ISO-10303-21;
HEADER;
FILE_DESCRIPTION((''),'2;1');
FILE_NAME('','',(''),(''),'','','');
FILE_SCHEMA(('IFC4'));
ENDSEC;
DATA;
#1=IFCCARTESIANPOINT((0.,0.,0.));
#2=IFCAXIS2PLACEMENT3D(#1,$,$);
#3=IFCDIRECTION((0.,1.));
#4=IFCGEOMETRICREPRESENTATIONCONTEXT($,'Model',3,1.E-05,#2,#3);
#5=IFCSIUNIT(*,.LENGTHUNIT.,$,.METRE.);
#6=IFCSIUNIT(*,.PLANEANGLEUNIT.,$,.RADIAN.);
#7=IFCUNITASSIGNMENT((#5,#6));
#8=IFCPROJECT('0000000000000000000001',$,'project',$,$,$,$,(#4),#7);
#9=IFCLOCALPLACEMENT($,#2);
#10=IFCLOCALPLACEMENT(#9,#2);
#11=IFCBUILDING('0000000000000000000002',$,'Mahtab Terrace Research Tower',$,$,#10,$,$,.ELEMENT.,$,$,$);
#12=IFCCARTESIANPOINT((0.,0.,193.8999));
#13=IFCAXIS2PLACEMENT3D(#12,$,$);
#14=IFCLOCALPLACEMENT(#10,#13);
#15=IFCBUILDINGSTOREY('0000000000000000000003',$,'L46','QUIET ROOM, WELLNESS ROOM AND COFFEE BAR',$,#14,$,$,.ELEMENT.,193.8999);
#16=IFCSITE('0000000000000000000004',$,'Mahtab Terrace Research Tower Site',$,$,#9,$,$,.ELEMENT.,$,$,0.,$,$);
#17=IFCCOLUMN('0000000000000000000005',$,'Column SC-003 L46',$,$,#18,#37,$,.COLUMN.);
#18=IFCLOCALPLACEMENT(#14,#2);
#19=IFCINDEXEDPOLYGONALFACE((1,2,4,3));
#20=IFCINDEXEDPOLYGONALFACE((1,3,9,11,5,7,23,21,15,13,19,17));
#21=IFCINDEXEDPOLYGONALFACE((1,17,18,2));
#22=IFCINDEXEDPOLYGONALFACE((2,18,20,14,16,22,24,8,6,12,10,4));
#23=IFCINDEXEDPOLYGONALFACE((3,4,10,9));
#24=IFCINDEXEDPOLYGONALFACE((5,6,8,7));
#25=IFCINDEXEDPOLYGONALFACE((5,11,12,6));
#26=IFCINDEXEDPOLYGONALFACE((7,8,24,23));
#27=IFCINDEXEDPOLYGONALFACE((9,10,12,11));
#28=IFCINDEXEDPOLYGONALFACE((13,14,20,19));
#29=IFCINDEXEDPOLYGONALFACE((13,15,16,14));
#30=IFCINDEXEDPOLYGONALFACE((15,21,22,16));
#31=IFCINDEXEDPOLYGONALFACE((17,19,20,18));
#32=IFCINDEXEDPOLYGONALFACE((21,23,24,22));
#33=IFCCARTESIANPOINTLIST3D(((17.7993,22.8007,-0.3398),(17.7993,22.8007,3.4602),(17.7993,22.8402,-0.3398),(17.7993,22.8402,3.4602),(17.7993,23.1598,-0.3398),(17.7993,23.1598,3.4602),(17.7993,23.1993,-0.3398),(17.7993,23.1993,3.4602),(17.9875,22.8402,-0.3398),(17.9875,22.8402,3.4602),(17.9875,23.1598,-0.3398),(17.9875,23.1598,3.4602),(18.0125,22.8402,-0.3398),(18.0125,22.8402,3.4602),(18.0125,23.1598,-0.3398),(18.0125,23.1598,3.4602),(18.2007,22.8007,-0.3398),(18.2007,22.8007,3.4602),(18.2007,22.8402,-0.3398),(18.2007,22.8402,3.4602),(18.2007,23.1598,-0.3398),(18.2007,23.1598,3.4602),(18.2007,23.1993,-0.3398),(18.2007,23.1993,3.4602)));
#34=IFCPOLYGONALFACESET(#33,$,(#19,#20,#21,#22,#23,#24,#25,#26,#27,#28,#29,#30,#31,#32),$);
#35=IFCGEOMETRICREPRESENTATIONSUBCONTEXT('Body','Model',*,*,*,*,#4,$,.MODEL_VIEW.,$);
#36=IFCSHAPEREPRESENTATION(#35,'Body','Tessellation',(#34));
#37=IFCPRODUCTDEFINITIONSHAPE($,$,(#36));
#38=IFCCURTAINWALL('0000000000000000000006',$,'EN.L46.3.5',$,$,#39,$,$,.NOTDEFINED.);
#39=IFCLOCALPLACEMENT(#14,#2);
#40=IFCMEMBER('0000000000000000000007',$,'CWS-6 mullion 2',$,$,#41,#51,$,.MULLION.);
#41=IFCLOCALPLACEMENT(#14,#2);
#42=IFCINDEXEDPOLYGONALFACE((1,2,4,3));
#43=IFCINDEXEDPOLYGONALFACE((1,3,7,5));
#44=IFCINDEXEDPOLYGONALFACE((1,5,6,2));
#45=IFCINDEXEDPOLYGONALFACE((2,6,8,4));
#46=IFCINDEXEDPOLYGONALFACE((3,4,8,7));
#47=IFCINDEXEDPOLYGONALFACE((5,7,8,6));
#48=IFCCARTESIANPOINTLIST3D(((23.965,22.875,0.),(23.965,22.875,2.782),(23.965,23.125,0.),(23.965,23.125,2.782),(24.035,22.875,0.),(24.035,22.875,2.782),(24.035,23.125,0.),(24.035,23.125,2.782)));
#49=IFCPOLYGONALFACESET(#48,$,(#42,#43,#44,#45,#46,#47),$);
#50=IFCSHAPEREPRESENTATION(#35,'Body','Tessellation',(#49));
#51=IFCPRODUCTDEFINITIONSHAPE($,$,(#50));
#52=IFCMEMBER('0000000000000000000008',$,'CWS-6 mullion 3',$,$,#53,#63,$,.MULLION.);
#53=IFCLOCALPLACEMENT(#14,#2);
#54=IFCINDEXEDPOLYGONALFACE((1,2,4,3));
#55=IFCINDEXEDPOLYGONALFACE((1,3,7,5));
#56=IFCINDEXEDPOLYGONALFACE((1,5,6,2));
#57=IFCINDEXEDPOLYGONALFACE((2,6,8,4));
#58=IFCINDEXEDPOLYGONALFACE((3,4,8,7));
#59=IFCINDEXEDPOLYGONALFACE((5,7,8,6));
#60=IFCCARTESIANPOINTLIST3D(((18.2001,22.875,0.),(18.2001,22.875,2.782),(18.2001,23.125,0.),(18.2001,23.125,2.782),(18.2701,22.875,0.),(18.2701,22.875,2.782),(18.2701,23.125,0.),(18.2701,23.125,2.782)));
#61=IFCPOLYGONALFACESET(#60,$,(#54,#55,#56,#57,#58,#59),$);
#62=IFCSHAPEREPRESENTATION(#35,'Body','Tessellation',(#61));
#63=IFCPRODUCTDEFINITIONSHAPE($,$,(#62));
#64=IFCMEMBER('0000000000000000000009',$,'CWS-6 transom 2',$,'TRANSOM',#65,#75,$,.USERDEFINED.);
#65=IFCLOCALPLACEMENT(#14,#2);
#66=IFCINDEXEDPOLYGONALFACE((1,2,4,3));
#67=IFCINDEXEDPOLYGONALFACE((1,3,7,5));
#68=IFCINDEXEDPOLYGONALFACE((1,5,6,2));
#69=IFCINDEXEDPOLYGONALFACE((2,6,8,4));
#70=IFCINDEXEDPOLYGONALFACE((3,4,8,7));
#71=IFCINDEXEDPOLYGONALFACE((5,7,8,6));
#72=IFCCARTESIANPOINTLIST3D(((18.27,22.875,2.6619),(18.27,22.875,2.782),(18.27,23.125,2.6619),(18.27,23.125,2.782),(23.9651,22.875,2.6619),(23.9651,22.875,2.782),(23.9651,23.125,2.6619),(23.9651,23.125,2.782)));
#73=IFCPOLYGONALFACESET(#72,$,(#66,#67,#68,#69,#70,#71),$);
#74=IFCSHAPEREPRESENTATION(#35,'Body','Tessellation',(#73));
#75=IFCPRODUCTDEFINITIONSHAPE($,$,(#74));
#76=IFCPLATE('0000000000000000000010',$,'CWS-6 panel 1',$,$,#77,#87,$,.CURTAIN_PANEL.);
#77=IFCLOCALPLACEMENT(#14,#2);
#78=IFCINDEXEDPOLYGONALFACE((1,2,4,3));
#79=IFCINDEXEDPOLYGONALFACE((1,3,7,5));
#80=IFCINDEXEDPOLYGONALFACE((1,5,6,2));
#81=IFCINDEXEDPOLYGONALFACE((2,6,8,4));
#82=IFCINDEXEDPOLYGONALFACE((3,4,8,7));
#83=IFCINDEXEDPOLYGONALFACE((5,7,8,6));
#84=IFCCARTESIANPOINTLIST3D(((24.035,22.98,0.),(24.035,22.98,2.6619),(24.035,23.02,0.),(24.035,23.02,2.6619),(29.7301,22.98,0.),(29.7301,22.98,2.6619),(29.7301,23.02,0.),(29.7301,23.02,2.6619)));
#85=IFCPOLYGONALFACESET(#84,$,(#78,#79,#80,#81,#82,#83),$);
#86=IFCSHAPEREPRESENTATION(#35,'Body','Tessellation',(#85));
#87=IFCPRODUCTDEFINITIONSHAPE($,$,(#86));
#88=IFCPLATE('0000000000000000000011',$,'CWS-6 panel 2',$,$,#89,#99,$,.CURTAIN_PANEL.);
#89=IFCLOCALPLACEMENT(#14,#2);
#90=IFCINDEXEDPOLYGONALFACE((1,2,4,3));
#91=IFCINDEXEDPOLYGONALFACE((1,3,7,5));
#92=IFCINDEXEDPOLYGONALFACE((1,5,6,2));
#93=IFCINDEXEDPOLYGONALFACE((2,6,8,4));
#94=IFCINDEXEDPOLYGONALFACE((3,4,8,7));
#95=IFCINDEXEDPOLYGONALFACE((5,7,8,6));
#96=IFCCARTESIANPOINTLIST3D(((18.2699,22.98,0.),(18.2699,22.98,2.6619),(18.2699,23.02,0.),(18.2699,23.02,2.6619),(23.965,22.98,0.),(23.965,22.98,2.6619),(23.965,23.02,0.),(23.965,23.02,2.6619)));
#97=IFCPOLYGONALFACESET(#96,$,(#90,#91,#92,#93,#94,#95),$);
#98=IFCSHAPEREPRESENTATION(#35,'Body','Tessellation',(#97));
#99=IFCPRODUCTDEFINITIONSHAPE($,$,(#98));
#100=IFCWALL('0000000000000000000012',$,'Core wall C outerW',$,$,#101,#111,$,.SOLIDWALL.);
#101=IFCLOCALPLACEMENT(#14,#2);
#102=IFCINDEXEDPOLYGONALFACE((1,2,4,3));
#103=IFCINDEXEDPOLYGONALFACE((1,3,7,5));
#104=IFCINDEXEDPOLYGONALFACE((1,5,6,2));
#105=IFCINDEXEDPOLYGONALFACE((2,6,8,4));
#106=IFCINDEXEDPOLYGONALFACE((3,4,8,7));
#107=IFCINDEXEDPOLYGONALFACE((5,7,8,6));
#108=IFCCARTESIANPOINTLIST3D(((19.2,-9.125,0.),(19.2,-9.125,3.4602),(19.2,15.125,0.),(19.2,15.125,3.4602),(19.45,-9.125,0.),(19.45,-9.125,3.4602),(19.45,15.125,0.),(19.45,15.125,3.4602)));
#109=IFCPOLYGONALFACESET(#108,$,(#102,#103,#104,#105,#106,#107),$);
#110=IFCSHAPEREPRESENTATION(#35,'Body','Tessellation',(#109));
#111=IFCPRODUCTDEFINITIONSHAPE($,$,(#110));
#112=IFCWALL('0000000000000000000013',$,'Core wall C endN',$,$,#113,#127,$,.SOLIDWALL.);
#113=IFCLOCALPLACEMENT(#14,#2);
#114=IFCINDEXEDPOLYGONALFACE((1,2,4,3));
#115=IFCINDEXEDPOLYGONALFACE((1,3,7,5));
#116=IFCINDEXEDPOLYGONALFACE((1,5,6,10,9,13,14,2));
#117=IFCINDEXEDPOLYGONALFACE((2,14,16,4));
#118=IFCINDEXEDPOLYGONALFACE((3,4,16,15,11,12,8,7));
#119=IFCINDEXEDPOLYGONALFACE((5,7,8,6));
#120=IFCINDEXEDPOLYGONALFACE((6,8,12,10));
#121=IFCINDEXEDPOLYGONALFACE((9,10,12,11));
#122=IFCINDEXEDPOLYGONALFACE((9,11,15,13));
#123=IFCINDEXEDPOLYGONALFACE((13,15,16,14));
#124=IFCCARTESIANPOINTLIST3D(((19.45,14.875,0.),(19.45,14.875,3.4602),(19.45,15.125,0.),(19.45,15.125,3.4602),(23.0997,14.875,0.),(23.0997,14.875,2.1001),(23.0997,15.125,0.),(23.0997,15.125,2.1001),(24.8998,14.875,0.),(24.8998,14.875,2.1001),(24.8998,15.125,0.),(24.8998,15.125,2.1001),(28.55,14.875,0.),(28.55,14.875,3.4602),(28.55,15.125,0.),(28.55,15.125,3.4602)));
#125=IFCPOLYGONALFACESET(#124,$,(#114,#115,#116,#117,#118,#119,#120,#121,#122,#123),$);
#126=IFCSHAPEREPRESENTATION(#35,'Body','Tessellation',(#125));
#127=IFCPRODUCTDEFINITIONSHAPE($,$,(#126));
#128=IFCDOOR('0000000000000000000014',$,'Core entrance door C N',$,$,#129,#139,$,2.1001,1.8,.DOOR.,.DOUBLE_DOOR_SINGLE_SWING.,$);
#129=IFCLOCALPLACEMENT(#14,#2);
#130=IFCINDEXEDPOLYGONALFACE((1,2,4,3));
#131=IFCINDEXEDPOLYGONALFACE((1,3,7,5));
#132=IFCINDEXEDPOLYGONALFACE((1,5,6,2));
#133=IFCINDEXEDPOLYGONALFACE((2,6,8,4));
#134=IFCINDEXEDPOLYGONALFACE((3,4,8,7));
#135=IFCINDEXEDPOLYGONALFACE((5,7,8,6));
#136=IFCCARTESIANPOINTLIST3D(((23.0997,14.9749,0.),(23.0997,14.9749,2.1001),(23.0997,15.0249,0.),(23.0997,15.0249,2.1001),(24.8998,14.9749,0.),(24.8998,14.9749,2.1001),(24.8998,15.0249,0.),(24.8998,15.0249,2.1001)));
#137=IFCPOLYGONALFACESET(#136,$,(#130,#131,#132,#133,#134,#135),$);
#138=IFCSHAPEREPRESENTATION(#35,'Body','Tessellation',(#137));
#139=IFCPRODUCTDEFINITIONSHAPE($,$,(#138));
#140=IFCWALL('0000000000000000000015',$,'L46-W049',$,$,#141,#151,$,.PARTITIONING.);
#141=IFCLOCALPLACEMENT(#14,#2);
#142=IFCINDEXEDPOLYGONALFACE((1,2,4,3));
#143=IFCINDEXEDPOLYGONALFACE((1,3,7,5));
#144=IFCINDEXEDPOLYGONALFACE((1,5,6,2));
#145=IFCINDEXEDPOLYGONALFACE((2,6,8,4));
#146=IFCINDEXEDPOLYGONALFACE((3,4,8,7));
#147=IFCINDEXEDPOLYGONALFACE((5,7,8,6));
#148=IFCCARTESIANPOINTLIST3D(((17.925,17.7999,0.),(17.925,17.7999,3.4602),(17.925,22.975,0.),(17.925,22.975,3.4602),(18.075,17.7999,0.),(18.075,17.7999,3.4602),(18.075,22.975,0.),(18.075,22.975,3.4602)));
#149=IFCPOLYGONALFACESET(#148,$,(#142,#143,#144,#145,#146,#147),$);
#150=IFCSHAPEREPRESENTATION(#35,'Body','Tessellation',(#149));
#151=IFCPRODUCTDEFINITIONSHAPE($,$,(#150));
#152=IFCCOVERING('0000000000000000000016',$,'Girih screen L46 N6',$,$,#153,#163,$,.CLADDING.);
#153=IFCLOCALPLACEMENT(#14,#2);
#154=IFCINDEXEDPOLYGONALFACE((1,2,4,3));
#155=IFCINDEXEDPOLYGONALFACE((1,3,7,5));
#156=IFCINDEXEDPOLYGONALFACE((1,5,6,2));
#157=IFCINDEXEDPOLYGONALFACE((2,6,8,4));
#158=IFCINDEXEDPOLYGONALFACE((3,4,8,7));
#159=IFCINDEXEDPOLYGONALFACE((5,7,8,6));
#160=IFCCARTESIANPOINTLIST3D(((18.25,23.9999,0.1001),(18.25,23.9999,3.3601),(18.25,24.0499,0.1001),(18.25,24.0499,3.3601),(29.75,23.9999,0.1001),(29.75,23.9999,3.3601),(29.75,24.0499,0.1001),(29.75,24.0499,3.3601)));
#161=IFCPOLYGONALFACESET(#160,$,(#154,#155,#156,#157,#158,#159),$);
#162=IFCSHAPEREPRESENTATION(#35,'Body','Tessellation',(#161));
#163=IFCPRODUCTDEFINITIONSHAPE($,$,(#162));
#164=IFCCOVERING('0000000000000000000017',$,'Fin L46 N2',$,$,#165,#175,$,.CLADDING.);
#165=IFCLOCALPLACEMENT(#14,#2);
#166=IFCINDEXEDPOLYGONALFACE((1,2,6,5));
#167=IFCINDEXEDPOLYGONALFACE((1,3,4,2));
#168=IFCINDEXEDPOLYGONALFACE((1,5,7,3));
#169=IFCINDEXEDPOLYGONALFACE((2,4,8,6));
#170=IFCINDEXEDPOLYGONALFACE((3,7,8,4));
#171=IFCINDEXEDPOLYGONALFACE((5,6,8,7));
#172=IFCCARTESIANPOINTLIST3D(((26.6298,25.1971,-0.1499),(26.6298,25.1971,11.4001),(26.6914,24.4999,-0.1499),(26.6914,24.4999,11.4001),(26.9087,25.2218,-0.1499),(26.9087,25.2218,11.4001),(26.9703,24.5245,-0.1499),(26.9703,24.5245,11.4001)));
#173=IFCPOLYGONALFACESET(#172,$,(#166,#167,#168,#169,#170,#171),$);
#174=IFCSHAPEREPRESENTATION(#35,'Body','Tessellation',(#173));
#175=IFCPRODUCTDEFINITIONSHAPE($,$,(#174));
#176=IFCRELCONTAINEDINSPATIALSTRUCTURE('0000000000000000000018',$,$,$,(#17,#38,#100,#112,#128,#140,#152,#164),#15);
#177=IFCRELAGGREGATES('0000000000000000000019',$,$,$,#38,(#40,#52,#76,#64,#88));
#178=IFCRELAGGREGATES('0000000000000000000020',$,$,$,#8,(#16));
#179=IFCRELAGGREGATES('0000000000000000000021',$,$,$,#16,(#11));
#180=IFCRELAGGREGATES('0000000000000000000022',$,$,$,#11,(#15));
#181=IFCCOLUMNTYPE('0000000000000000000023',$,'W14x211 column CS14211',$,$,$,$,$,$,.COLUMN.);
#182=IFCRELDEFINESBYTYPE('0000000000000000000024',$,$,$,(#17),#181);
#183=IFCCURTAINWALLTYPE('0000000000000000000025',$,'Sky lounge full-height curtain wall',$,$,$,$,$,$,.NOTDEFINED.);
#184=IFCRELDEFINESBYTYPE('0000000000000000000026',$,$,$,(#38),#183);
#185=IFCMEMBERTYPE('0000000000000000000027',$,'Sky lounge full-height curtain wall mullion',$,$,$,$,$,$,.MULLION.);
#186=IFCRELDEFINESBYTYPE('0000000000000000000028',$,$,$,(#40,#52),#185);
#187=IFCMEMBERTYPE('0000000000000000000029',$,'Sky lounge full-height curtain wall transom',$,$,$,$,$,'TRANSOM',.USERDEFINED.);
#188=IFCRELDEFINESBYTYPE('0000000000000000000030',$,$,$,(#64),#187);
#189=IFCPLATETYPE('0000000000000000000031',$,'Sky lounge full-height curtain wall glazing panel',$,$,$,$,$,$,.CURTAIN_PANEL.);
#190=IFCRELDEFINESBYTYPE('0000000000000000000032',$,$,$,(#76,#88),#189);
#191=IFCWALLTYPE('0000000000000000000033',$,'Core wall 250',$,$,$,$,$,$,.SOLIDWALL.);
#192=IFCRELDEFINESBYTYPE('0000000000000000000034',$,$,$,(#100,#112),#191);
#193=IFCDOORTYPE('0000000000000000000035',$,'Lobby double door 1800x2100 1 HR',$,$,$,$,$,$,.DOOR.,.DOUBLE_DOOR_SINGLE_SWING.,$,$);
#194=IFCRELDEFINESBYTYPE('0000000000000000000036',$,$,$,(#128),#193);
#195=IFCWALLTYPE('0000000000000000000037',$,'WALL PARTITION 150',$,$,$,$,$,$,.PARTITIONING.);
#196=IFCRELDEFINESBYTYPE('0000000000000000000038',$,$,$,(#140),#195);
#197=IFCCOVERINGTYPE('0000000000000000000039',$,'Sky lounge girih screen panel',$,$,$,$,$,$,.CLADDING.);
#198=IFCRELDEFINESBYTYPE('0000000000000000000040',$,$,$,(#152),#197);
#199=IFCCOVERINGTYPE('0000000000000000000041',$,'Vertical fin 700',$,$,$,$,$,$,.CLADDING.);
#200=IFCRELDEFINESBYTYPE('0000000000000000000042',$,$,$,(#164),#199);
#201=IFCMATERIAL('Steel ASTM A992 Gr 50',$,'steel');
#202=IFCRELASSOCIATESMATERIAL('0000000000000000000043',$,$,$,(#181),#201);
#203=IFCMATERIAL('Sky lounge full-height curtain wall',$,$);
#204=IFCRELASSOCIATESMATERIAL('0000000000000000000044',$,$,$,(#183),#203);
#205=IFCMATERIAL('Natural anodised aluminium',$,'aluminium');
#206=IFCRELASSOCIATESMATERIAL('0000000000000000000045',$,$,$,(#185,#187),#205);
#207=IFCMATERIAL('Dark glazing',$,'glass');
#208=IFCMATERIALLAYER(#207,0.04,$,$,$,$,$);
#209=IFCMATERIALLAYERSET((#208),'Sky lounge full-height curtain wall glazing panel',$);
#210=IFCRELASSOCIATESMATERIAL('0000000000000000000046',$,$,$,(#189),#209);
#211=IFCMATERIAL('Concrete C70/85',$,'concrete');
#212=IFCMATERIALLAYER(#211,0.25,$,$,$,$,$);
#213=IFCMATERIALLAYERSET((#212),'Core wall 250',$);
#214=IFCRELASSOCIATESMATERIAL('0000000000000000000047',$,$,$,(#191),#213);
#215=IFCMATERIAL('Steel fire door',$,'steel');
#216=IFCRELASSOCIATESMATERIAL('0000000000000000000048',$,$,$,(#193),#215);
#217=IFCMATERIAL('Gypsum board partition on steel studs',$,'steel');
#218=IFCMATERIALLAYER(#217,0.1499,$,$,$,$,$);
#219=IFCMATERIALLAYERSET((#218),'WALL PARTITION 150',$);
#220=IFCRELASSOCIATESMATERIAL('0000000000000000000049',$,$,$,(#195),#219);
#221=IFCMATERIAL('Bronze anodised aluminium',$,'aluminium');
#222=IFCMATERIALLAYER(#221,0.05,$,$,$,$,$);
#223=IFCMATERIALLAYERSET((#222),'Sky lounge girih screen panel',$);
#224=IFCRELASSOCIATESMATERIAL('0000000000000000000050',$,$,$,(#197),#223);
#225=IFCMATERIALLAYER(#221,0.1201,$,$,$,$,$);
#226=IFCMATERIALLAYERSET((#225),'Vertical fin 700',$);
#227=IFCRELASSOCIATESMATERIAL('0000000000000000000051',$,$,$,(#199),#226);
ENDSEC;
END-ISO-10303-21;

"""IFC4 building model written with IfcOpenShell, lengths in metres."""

from ifc_helpers import new_model, si_unit, direction, frame, frame_2d, origin, origin_2d, place, context, subcontext, project, spatial, rectangle, i_section, extrude, material, layer, layer_set, material_profile, profile_set, type_object, element, fill, aggregate, save


model = new_model("IFC4")

# Units and contexts
model_context = context("Model", 3, precision=1e-05, world=origin(), true_north=direction((0.0, 1.0)))
body_context = subcontext(model_context, "Body", "Model", "MODEL_VIEW")
ifc_project = project(units=[si_unit("LENGTHUNIT", "METRE"), si_unit("PLANEANGLEUNIT", "RADIAN")], contexts=[model_context])

# Site, building, storey
site_placement = place(None, origin())
site = spatial("IfcSite", under=ifc_project, at=site_placement, Name="Mahtab Terrace Research Tower Site", CompositionType="ELEMENT", RefElevation=0.0)
building_placement = place(site_placement, origin())
building = spatial("IfcBuilding", under=site, at=building_placement, Name="Mahtab Terrace Research Tower", CompositionType="ELEMENT")
storey_placement = place(building_placement, frame((0.0, 0.0, 193.8999)))
storey = spatial("IfcBuildingStorey", under=building, at=storey_placement, Name="L46", Description="QUIET ROOM, WELLNESS ROOM AND COFFEE BAR", CompositionType="ELEMENT", Elevation=193.8999)

# Column
ifc_material_1 = material(Name="Steel ASTM A992 Gr 50", Category="steel")
ifc_material_profile_1 = material_profile(ifc_material_1, i_section(OverallWidth=0.4014, OverallDepth=0.3987, WebThickness=0.0249, FlangeThickness=0.0396, at=origin_2d()), Name="W14X211")
ifc_profile_set_1 = profile_set([ifc_material_profile_1], Name="Steel ASTM A992 Gr 50")
column_type = type_object("IfcColumnType", Name="W14x211 column CS14211", PredefinedType="COLUMN", material=ifc_profile_set_1)
column_placement = place(storey_placement, frame((18.0, 23.0, -0.3398), z_axis=(0.0, 0.0, 1.0), x_axis=(1.0, 0.0, 0.0)))
element("IfcColumn", 1, at=column_placement, inside=storey, type_object=column_type, Name="Column SC-003 L46", PredefinedType="COLUMN", context=body_context, shape_type="SweptSolid", body=[
    extrude(i_section(OverallWidth=0.4014, OverallDepth=0.3987, WebThickness=0.0249, FlangeThickness=0.0396, at=origin_2d()), origin(), (0.0, 0.0, 1.0), 3.8),
])

# Curtain wall, members, plates
ifc_material_2 = material(Name="Sky lounge full-height curtain wall")
curtain_wall_type = type_object("IfcCurtainWallType", Name="Sky lounge full-height curtain wall", PredefinedType="NOTDEFINED", material=ifc_material_2)
curtain_wall_placement = place(storey_placement, origin())
curtain_wall = element("IfcCurtainWall", 2, at=curtain_wall_placement, inside=storey, type_object=curtain_wall_type, Name="EN.L46.3.5", PredefinedType="NOTDEFINED")
ifc_material_3 = material(Name="Natural anodised aluminium", Category="aluminium")
ifc_material_profile_2 = material_profile(ifc_material_3, rectangle(XDim=0.25, YDim=0.0701, at=origin_2d()), Name="MULLION 70x250")
ifc_profile_set_2 = profile_set([ifc_material_profile_2], Name="Natural anodised aluminium")
member_type_1 = type_object("IfcMemberType", Name="Sky lounge full-height curtain wall mullion", PredefinedType="MULLION", material=ifc_profile_set_2)
member_1_placement = place(storey_placement, frame((24.0, 23.0, 0.0), z_axis=(0.0, 0.0, 1.0), x_axis=(0.0, -1.0, 0.0)))
member_1 = element("IfcMember", 3, at=member_1_placement, type_object=member_type_1, Name="CWS-6 mullion 2", PredefinedType="MULLION", context=body_context, shape_type="SweptSolid", body=[
    extrude(rectangle(XDim=0.25, YDim=0.0701, at=origin_2d()), origin(), (0.0, 0.0, 1.0), 2.782),
])
member_2_placement = place(storey_placement, frame((18.2351, 23.0, 0.0), z_axis=(0.0, 0.0, 1.0), x_axis=(0.0, -1.0, 0.0)))
member_2 = element("IfcMember", 4, at=member_2_placement, type_object=member_type_1, Name="CWS-6 mullion 3", PredefinedType="MULLION", context=body_context, shape_type="SweptSolid", body=[
    extrude(rectangle(XDim=0.25, YDim=0.0701, at=origin_2d()), origin(), (0.0, 0.0, 1.0), 2.782),
])
ifc_material_profile_3 = material_profile(ifc_material_3, rectangle(XDim=0.25, YDim=0.1201, at=origin_2d()), Name="TRANSOM 120x250")
ifc_profile_set_3 = profile_set([ifc_material_profile_3], Name="Natural anodised aluminium")
member_type_2 = type_object("IfcMemberType", Name="Sky lounge full-height curtain wall transom", ElementType="TRANSOM", PredefinedType="USERDEFINED", material=ifc_profile_set_3)
member_3_placement = place(storey_placement, frame((23.9651, 23.0, 2.7219), z_axis=(-1.0, 0.0, 0.0), x_axis=(0.0, -1.0, 0.0)))
member_3 = element("IfcMember", 5, at=member_3_placement, type_object=member_type_2, Name="CWS-6 transom 2", ObjectType="TRANSOM", PredefinedType="USERDEFINED", context=body_context, shape_type="SweptSolid", body=[
    extrude(rectangle(XDim=0.25, YDim=0.1201, at=origin_2d()), origin(), (0.0, 0.0, 1.0), 5.6951),
])
ifc_material_4 = material(Name="Dark glazing", Category="glass")
ifc_layer_1 = layer(ifc_material_4, 0.04)
ifc_layer_set_1 = layer_set([ifc_layer_1], Name="Sky lounge full-height curtain wall glazing panel")
plate_type = type_object("IfcPlateType", Name="Sky lounge full-height curtain wall glazing panel", PredefinedType="CURTAIN_PANEL", material=ifc_layer_set_1)
plate_1_placement = place(storey_placement, frame((26.8826, 23.0, 0.0), z_axis=(0.0, 0.0, 1.0), x_axis=(-1.0, 0.0, 0.0)))
plate_1 = element("IfcPlate", 6, at=plate_1_placement, type_object=plate_type, Name="CWS-6 panel 1", PredefinedType="CURTAIN_PANEL", context=body_context, shape_type="SweptSolid", body=[
    extrude(rectangle(XDim=5.6951, YDim=0.04, at=origin_2d()), origin(), (0.0, 0.0, 1.0), 2.6619),
])
plate_2_placement = place(storey_placement, frame((21.1174, 23.0, 0.0), z_axis=(0.0, 0.0, 1.0), x_axis=(-1.0, 0.0, 0.0)))
plate_2 = element("IfcPlate", 7, at=plate_2_placement, type_object=plate_type, Name="CWS-6 panel 2", PredefinedType="CURTAIN_PANEL", context=body_context, shape_type="SweptSolid", body=[
    extrude(rectangle(XDim=5.6951, YDim=0.04, at=origin_2d()), origin(), (0.0, 0.0, 1.0), 2.6619),
])
aggregate(curtain_wall, [member_1, member_2, plate_1, member_3, plate_2])

# Wall
ifc_material_5 = material(Name="Concrete C70/85", Category="concrete")
ifc_layer_2 = layer(ifc_material_5, 0.25)
ifc_layer_set_2 = layer_set([ifc_layer_2], Name="Core wall 250")
wall_type_1 = type_object("IfcWallType", Name="Core wall 250", PredefinedType="SOLIDWALL", material=ifc_layer_set_2)
wall_1_placement = place(storey_placement, frame((19.325, 15.125, 0.0), z_axis=(0.0, 0.0, 1.0), x_axis=(0.0, -1.0, 0.0)))
element("IfcWall", 8, at=wall_1_placement, inside=storey, type_object=wall_type_1, Name="Core wall C outerW", PredefinedType="SOLIDWALL", context=body_context, shape_type="SweptSolid", body=[
    extrude(rectangle(XDim=24.25, YDim=0.25, at=frame_2d((12.125, 0.0))), origin(), (0.0, 0.0, 1.0), 3.4602),
])

# Wall, opening, door
wall_2_placement = place(storey_placement, frame((19.45, 15.0, 0.0), z_axis=(0.0, 0.0, 1.0), x_axis=(1.0, 0.0, 0.0)))
wall_2 = element("IfcWall", 9, at=wall_2_placement, inside=storey, type_object=wall_type_1, Name="Core wall C endN", PredefinedType="SOLIDWALL", context=body_context, shape_type="SweptSolid", body=[
    extrude(rectangle(XDim=9.1001, YDim=0.25, at=frame_2d((4.55, 0.0))), origin(), (0.0, 0.0, 1.0), 3.4602),
])
opening_placement = place(wall_2_placement, frame((3.6499, 0.0, 0.0)))
opening = element("IfcOpeningElement", 10, at=opening_placement, cuts=wall_2, PredefinedType="OPENING", context=body_context, shape_type="SweptSolid", body=[
    extrude(rectangle(XDim=1.8, YDim=2.1001, at=frame_2d((0.8999, 1.05))), frame((0.0, 0.135, 0.0), z_axis=(0.0, -1.0, 0.0), x_axis=(1.0, 0.0, 0.0)), (0.0, 0.0, 1.0), 0.27),
])
ifc_material_6 = material(Name="Steel fire door", Category="steel")
door_type = type_object("IfcDoorType", Name="Lobby double door 1800x2100 1 HR", OperationType="DOUBLE_DOOR_SINGLE_SWING", PredefinedType="DOOR", material=ifc_material_6)
door_placement = place(opening_placement, origin())
door = element("IfcDoor", 11, at=door_placement, inside=storey, type_object=door_type, Name="Core entrance door C N", OperationType="DOUBLE_DOOR_SINGLE_SWING", OverallHeight=2.1001, OverallWidth=1.8, PredefinedType="DOOR", context=body_context, shape_type="SweptSolid", body=[
    extrude(rectangle(XDim=1.8, YDim=2.1001, at=frame_2d((0.8999, 1.05))), frame((0.0, 0.0249, 0.0), z_axis=(0.0, -1.0, 0.0), x_axis=(1.0, 0.0, 0.0)), (0.0, 0.0, 1.0), 0.05),
])
fill(opening, door)

# Wall
ifc_material_7 = material(Name="Gypsum board partition on steel studs", Category="steel")
ifc_layer_3 = layer(ifc_material_7, 0.1499)
ifc_layer_set_3 = layer_set([ifc_layer_3], Name="WALL PARTITION 150")
wall_type_2 = type_object("IfcWallType", Name="WALL PARTITION 150", PredefinedType="PARTITIONING", material=ifc_layer_set_3)
wall_3_placement = place(storey_placement, frame((18.0, 17.8, 0.0), z_axis=(0.0, 0.0, 1.0), x_axis=(0.0, 1.0, 0.0)))
element("IfcWall", 12, at=wall_3_placement, inside=storey, type_object=wall_type_2, Name="L46-W049", PredefinedType="PARTITIONING", context=body_context, shape_type="SweptSolid", body=[
    extrude(rectangle(XDim=5.175, YDim=0.1499, at=frame_2d((2.5874, 0.0))), origin(), (0.0, 0.0, 1.0), 3.4602),
])

# Coverings
ifc_material_8 = material(Name="Bronze anodised aluminium", Category="aluminium")
ifc_layer_4 = layer(ifc_material_8, 0.05)
ifc_layer_set_4 = layer_set([ifc_layer_4], Name="Sky lounge girih screen panel")
covering_type_1 = type_object("IfcCoveringType", Name="Sky lounge girih screen panel", PredefinedType="CLADDING", material=ifc_layer_set_4)
covering_placement = place(storey_placement, frame((24.0, 24.0249, 0.1001), z_axis=(0.0, 0.0, 1.0), x_axis=(-1.0, 0.0, 0.0)))
element("IfcCovering", 13, at=covering_placement, inside=storey, type_object=covering_type_1, Name="Girih screen L46 N6", PredefinedType="CLADDING", context=body_context, shape_type="SweptSolid", body=[
    extrude(rectangle(XDim=11.5, YDim=0.05, at=origin_2d()), origin(), (0.0, 0.0, 1.0), 3.26),
])
ifc_layer_5 = layer(ifc_material_8, 0.1201)
ifc_layer_set_5 = layer_set([ifc_layer_5], Name="Vertical fin 700")
covering_type_2 = type_object("IfcCoveringType", Name="Vertical fin 700", PredefinedType="CLADDING", material=ifc_layer_set_5)
for number, where, z_axis, x_axis, name in (
    (14, (26.8, 24.8608, -0.1499), (0.0, 0.0, 1.0), (-0.996122, -0.087984, 0.0), "Fin L46 N2"),
):
    element("IfcCovering", number, at=place(storey_placement, frame(where, z_axis=z_axis, x_axis=x_axis)), inside=storey, type_object=covering_type_2, Name=name, PredefinedType="CLADDING", context=body_context, shape_type="SweptSolid", body=[
        extrude(rectangle(XDim=0.28, YDim=0.7, at=origin_2d()), origin(), (0.0, 0.0, 1.0), 11.55),
    ])

save(model, "model.ifc")
